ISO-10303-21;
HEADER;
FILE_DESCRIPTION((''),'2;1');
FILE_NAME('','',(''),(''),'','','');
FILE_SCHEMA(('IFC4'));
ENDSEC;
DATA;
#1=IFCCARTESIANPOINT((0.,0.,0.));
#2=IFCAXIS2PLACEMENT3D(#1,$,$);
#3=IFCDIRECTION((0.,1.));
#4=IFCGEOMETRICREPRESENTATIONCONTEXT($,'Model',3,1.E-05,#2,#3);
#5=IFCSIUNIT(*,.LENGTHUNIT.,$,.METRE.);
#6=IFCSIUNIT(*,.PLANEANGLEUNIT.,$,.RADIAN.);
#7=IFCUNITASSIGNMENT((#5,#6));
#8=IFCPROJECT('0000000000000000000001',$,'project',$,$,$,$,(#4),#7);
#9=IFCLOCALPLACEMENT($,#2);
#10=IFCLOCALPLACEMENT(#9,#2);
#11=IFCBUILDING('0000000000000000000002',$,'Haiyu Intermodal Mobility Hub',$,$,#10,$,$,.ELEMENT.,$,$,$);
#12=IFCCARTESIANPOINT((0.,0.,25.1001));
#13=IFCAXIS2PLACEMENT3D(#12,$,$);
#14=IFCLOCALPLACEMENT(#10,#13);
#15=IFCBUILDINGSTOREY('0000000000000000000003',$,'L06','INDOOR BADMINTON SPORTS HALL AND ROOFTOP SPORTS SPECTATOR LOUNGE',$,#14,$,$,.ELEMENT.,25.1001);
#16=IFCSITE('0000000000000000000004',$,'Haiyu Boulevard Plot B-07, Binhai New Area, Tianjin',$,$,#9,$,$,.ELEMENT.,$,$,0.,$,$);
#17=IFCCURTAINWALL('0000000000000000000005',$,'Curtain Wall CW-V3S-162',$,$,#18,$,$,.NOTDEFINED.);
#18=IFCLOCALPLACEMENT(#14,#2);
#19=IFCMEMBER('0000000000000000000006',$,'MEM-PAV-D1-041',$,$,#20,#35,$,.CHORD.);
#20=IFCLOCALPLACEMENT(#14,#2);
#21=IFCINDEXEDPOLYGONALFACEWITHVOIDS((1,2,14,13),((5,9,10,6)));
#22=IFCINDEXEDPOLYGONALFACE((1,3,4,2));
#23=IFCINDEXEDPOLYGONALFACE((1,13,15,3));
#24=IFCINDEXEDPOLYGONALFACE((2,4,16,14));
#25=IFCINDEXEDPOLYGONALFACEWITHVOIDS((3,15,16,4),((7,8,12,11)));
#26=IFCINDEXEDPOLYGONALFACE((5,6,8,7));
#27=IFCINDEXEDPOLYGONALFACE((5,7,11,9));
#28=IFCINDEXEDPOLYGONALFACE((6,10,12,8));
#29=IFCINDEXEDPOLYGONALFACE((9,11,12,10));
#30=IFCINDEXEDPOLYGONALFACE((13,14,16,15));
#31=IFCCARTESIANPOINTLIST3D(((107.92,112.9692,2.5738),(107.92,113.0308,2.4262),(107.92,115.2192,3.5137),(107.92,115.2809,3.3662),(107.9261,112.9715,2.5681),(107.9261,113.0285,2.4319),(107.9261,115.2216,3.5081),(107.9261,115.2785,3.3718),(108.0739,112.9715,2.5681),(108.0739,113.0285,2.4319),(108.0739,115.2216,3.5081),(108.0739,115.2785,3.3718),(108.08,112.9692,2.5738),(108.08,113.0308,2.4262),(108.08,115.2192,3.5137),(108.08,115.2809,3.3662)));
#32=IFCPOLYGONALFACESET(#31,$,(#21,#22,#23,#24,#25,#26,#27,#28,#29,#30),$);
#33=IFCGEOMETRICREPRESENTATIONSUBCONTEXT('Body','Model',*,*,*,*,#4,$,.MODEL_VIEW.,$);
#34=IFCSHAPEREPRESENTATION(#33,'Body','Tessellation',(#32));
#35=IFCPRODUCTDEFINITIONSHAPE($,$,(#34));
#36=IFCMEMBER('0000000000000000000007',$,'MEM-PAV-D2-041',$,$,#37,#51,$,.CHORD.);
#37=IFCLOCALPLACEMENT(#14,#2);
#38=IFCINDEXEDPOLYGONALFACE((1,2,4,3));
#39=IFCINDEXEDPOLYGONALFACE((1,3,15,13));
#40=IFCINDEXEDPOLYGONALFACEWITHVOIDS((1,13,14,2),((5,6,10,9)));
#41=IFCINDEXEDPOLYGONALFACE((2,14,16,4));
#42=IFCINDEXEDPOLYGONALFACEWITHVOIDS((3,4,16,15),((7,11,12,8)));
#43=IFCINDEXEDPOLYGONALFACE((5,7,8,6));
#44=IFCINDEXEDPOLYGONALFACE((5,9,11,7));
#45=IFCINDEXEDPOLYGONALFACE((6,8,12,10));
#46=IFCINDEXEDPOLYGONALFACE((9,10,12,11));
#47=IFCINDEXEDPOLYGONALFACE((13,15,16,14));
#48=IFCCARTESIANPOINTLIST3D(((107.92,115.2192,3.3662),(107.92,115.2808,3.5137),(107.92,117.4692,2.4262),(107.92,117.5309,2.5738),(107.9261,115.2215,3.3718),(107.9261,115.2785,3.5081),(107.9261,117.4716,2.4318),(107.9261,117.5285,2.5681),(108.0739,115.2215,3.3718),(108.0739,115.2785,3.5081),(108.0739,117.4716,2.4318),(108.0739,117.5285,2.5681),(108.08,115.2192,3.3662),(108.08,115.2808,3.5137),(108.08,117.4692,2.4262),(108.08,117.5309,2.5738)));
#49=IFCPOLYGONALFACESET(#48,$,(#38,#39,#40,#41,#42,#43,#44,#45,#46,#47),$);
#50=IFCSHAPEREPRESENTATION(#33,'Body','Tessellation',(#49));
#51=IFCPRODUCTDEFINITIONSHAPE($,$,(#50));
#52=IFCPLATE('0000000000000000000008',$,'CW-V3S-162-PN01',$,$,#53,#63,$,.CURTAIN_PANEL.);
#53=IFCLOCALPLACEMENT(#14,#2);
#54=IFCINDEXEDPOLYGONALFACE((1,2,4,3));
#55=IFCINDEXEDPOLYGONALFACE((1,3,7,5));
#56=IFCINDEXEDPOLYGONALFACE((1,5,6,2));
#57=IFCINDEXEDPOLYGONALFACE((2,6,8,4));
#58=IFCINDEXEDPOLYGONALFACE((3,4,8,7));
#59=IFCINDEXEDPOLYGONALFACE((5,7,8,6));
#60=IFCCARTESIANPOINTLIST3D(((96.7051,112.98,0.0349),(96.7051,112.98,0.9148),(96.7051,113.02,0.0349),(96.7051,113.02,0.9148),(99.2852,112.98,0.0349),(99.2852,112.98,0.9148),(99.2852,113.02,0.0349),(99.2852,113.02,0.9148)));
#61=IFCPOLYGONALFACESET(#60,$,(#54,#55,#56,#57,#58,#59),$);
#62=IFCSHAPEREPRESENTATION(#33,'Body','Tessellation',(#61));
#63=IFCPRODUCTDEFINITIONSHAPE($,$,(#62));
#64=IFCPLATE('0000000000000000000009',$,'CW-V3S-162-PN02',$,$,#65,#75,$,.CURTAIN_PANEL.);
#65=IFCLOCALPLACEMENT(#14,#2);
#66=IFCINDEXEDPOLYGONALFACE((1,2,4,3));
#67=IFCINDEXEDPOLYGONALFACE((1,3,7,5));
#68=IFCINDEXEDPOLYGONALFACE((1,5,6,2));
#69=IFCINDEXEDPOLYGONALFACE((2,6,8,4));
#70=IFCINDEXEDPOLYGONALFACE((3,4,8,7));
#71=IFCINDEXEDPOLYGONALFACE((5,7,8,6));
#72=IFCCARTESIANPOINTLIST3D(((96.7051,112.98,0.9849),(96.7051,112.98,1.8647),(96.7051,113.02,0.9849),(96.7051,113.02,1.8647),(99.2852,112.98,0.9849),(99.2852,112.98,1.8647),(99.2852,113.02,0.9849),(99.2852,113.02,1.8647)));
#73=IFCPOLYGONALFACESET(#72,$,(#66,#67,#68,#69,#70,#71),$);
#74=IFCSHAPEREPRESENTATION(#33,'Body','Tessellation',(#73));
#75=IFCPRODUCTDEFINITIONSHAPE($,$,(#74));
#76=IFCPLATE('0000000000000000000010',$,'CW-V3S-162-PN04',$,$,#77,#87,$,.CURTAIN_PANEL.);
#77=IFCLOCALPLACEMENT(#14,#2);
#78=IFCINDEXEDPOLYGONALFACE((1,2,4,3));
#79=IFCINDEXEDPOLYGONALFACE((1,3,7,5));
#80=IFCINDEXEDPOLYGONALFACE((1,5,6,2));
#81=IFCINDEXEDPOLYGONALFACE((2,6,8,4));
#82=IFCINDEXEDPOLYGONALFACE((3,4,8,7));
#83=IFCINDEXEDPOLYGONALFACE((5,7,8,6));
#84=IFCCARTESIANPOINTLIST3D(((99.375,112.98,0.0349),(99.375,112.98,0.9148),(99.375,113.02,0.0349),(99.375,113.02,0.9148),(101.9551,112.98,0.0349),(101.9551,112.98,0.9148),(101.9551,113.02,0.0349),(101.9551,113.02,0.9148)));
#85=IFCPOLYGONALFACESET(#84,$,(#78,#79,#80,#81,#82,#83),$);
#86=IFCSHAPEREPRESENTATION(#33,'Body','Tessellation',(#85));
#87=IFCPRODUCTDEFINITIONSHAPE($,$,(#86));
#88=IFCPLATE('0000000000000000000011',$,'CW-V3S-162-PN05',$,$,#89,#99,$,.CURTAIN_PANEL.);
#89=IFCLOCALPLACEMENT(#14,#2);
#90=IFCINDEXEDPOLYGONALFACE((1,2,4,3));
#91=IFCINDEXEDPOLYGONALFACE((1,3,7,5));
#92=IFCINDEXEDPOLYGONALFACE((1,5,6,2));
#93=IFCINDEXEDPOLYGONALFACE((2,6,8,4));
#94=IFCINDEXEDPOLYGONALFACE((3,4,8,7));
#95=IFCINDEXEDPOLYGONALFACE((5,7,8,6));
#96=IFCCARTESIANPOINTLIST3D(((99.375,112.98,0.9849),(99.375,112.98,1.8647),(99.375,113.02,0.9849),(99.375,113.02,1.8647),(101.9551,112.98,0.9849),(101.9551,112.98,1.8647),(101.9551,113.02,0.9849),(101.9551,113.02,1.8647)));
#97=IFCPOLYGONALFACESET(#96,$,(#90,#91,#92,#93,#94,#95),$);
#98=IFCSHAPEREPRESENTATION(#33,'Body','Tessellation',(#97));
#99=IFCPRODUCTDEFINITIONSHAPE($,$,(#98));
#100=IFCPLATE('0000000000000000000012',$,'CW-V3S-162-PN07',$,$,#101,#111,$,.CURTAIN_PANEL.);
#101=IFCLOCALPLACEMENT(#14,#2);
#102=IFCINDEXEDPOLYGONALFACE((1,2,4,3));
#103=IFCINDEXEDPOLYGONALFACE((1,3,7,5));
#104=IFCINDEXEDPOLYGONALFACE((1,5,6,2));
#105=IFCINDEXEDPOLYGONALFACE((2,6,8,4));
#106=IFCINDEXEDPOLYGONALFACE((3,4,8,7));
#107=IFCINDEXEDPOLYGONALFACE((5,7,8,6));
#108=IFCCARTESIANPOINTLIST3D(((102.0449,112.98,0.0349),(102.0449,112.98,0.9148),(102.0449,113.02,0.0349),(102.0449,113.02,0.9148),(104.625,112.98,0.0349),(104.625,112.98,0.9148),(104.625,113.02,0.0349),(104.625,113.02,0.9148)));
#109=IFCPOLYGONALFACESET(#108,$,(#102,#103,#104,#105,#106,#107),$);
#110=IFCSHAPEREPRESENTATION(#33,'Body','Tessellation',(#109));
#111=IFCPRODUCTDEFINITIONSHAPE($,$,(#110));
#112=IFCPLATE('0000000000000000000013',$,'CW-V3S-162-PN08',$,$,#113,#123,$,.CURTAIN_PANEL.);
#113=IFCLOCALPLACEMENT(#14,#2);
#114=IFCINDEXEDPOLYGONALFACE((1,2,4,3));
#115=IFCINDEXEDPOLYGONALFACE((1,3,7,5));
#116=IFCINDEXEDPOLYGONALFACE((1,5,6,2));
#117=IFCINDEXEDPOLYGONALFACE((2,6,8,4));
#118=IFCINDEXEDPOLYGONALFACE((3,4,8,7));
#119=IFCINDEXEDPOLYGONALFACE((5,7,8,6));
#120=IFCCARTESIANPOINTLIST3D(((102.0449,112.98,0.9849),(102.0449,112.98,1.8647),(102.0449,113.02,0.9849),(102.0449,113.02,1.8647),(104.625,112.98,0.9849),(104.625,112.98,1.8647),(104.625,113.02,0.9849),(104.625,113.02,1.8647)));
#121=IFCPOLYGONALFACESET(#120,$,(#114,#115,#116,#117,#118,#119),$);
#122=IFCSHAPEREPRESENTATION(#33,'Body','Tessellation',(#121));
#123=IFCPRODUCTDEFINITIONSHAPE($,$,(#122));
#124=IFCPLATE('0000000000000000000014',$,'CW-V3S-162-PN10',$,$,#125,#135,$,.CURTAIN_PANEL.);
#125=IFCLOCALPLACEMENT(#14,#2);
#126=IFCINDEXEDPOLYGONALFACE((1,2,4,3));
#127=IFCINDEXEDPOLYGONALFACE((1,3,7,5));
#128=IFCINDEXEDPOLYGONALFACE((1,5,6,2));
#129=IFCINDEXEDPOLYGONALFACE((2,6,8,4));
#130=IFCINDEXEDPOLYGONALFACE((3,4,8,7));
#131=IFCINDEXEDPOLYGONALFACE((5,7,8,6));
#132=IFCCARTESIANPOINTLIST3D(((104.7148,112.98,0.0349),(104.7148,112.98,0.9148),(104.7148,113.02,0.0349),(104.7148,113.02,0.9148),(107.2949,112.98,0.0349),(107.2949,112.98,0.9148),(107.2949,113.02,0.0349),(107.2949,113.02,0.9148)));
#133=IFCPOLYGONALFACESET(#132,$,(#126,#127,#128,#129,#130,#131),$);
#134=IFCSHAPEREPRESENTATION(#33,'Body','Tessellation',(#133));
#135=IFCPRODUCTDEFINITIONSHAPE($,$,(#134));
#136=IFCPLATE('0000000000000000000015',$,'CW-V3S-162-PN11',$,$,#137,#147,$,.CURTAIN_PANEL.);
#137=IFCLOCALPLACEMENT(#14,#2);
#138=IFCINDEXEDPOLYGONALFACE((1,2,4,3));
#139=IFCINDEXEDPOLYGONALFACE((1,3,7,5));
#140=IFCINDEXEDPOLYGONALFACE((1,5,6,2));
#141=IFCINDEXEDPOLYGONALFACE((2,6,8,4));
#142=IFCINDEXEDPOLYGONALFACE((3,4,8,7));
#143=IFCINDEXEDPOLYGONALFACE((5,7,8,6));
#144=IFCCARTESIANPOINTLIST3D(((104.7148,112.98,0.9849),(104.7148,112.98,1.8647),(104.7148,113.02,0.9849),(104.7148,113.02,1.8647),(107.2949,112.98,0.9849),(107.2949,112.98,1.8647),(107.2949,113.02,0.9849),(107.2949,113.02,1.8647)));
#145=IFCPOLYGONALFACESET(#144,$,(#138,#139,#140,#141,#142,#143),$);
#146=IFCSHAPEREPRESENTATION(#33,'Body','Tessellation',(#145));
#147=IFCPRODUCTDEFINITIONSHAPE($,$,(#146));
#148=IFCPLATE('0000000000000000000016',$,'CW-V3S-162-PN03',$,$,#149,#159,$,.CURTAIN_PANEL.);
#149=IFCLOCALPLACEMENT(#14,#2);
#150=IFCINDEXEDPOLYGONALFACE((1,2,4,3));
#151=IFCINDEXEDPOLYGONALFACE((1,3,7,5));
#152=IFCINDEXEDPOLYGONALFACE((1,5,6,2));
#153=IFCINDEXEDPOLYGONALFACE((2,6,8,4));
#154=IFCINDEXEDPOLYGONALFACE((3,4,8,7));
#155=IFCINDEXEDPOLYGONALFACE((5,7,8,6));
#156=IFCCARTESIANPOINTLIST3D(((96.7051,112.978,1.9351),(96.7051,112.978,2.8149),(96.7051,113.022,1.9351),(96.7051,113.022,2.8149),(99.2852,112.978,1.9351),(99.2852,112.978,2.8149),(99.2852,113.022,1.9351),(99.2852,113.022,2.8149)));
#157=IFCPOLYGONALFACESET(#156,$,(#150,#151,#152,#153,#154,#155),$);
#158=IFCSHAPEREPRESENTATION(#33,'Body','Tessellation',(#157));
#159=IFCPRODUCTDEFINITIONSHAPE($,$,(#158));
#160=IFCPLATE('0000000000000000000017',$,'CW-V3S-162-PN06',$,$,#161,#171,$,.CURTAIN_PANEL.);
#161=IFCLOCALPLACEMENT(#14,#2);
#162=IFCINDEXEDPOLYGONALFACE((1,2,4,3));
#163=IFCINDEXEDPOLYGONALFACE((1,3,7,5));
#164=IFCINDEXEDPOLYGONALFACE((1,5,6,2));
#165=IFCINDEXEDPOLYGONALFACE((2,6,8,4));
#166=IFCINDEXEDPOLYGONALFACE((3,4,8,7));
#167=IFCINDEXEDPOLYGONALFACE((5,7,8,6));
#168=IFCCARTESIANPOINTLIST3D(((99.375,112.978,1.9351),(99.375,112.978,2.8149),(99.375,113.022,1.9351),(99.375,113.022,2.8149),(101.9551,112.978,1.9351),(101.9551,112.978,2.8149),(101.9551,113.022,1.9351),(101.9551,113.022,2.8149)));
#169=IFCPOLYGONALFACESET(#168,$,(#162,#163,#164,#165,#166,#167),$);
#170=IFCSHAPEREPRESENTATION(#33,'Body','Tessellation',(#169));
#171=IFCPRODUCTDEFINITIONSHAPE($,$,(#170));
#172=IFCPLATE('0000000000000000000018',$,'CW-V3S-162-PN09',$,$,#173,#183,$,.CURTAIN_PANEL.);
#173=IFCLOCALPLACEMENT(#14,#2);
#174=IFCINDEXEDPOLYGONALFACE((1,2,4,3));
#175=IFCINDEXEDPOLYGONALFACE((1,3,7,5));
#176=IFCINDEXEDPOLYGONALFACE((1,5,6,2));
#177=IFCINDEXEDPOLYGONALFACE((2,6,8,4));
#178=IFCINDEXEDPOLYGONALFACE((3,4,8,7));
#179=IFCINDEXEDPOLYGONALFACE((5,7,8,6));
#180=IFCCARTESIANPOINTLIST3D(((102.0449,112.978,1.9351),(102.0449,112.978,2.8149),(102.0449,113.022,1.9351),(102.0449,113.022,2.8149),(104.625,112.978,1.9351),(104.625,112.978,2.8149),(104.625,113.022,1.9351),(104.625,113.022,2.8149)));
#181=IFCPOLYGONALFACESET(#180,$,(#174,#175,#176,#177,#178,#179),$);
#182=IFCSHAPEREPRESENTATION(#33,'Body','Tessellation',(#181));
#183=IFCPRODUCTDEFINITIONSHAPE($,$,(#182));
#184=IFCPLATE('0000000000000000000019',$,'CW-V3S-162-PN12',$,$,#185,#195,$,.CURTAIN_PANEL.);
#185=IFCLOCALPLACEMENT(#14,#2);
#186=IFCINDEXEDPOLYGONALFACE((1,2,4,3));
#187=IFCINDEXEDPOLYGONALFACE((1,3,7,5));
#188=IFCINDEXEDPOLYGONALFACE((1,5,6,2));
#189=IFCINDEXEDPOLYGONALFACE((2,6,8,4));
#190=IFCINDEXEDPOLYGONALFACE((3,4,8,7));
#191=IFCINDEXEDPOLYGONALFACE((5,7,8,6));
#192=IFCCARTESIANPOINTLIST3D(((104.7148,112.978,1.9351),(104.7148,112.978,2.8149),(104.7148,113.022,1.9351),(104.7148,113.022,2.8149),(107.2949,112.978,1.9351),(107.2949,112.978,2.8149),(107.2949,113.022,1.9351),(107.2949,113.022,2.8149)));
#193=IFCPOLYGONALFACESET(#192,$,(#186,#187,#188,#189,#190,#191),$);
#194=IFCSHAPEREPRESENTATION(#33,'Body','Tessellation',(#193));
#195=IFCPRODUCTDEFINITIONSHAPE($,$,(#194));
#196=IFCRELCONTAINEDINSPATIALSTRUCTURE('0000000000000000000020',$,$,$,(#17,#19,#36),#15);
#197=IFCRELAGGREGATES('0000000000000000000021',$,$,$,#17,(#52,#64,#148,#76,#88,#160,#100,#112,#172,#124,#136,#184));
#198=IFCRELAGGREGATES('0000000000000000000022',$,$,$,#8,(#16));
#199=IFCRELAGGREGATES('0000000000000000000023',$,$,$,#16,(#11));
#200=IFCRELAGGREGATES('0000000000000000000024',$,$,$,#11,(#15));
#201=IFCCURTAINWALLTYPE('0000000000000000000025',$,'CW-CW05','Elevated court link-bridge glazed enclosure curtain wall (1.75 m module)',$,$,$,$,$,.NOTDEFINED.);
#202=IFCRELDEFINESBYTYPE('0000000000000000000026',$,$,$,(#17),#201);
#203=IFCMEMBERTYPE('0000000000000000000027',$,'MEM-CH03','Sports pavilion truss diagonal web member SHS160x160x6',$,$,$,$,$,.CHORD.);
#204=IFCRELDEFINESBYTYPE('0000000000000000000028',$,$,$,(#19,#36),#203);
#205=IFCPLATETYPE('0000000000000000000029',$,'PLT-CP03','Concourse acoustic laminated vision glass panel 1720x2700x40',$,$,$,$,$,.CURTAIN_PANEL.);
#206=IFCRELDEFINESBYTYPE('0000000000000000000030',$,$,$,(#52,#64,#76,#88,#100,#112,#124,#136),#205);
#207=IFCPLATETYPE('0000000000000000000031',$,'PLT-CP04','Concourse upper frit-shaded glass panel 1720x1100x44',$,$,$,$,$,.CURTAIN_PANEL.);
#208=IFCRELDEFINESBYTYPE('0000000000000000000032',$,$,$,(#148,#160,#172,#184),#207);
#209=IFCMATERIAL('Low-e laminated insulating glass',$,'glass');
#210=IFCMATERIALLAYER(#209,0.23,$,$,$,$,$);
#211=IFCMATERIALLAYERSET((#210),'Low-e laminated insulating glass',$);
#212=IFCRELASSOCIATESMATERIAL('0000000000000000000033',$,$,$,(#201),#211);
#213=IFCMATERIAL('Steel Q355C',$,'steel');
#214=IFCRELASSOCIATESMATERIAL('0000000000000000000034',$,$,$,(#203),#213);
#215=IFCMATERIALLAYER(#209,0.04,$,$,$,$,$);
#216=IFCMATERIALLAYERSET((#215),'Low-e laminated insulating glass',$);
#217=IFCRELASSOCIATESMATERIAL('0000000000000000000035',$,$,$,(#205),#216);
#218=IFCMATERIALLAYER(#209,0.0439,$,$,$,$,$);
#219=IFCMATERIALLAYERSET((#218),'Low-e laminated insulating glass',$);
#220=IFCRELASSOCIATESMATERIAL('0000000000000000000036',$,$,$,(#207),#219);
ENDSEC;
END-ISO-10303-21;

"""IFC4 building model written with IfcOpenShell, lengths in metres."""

from ifc_helpers import new_model, si_unit, direction, frame, origin, origin_2d, place, context, subcontext, project, spatial, rectangle, hollow_rectangle, extrude, material, layer, layer_set, material_profile, profile_set, type_object, element, aggregate, save


model = new_model("IFC4")

# Units and contexts
model_context = context("Model", 3, precision=1e-05, world=origin(), true_north=direction((0.0, 1.0)))
body_context = subcontext(model_context, "Body", "Model", "MODEL_VIEW")
ifc_project = project(units=[si_unit("LENGTHUNIT", "METRE"), si_unit("PLANEANGLEUNIT", "RADIAN")], contexts=[model_context])

# Site, building, storey
site_placement = place(None, origin())
site = spatial("IfcSite", under=ifc_project, at=site_placement, Name="Haiyu Boulevard Plot B-07, Binhai New Area, Tianjin", CompositionType="ELEMENT", RefElevation=0.0)
building_placement = place(site_placement, origin())
building = spatial("IfcBuilding", under=site, at=building_placement, Name="Haiyu Intermodal Mobility Hub", CompositionType="ELEMENT")
storey_placement = place(building_placement, frame((0.0, 0.0, 25.1001)))
storey = spatial("IfcBuildingStorey", under=building, at=storey_placement, Name="L06", Description="INDOOR BADMINTON SPORTS HALL AND ROOFTOP SPORTS SPECTATOR LOUNGE", CompositionType="ELEMENT", Elevation=25.1001)

# Shared definitions
ifc_material_1 = material(Name="Steel Q355C", Category="steel")

# Curtain wall
ifc_material_2 = material(Name="Low-e laminated insulating glass", Category="glass")
ifc_layer_1 = layer(ifc_material_2, 0.23)
ifc_layer_set_1 = layer_set([ifc_layer_1], Name="Low-e laminated insulating glass")
curtain_wall_type = type_object("IfcCurtainWallType", Name="CW-CW05", Description="Elevated court link-bridge glazed enclosure curtain wall (1.75 m module)", PredefinedType="NOTDEFINED", material=ifc_layer_set_1)
curtain_wall_placement = place(storey_placement, origin())
curtain_wall = element("IfcCurtainWall", 1, at=curtain_wall_placement, inside=storey, type_object=curtain_wall_type, Name="Curtain Wall CW-V3S-162", PredefinedType="NOTDEFINED")

# Members
ifc_material_profile_1 = material_profile(ifc_material_1, hollow_rectangle(XDim=0.1599, YDim=0.1599, WallThickness=0.0061, at=origin_2d()), Name="SHS160x160x6")
ifc_profile_set_1 = profile_set([ifc_material_profile_1], Name="Steel Q355C")
member_type_1 = type_object("IfcMemberType", Name="MEM-CH03", Description="Sports pavilion truss diagonal web member SHS160x160x6", PredefinedType="CHORD", material=ifc_profile_set_1)
for number, where, z_axis, x_axis, name in (
    (2, (108.0, 113.0, 2.5), (0.0, 0.922721, 0.385468), (-1.0, 0.0, 0.0), "MEM-PAV-D1-041"),
    (3, (108.0, 115.25, 3.4399), (0.0, 0.922721, -0.385468), (-1.0, 0.0, 0.0), "MEM-PAV-D2-041"),
):
    element("IfcMember", number, at=place(storey_placement, frame(where, z_axis=z_axis, x_axis=x_axis)), inside=storey, type_object=member_type_1, Name=name, PredefinedType="CHORD", context=body_context, shape_type="SweptSolid", body=[
        extrude(hollow_rectangle(XDim=0.1599, YDim=0.1599, WallThickness=0.0061, at=origin_2d()), origin(), (0.0, 0.0, 1.0), 2.4385),
    ])

# Plates
ifc_layer_2 = layer(ifc_material_2, 0.04)
ifc_layer_set_2 = layer_set([ifc_layer_2], Name="Low-e laminated insulating glass")
plate_type_1 = type_object("IfcPlateType", Name="PLT-CP03", Description="Concourse acoustic laminated vision glass panel 1720x2700x40", PredefinedType="CURTAIN_PANEL", material=ifc_layer_set_2)
plate_1_placement = place(storey_placement, frame((97.9951, 113.0, 0.0349), z_axis=(0.0, 0.0, 1.0), x_axis=(1.0, 0.0, 0.0)))
plate_1 = element("IfcPlate", 4, at=plate_1_placement, type_object=plate_type_1, Name="CW-V3S-162-PN01", PredefinedType="CURTAIN_PANEL", context=body_context, shape_type="SweptSolid", body=[
    extrude(rectangle(XDim=2.5801, YDim=0.04, at=origin_2d()), origin(), (0.0, 0.0, 1.0), 0.8799),
])
plate_2_placement = place(storey_placement, frame((97.9951, 113.0, 0.9849), z_axis=(0.0, 0.0, 1.0), x_axis=(1.0, 0.0, 0.0)))
plate_2 = element("IfcPlate", 5, at=plate_2_placement, type_object=plate_type_1, Name="CW-V3S-162-PN02", PredefinedType="CURTAIN_PANEL", context=body_context, shape_type="SweptSolid", body=[
    extrude(rectangle(XDim=2.5801, YDim=0.04, at=origin_2d()), origin(), (0.0, 0.0, 1.0), 0.8799),
])
plate_3_placement = place(storey_placement, frame((100.665, 113.0, 0.0349), z_axis=(0.0, 0.0, 1.0), x_axis=(1.0, 0.0, 0.0)))
plate_3 = element("IfcPlate", 6, at=plate_3_placement, type_object=plate_type_1, Name="CW-V3S-162-PN04", PredefinedType="CURTAIN_PANEL", context=body_context, shape_type="SweptSolid", body=[
    extrude(rectangle(XDim=2.5801, YDim=0.04, at=origin_2d()), origin(), (0.0, 0.0, 1.0), 0.8799),
])
plate_4_placement = place(storey_placement, frame((100.665, 113.0, 0.9849), z_axis=(0.0, 0.0, 1.0), x_axis=(1.0, 0.0, 0.0)))
plate_4 = element("IfcPlate", 7, at=plate_4_placement, type_object=plate_type_1, Name="CW-V3S-162-PN05", PredefinedType="CURTAIN_PANEL", context=body_context, shape_type="SweptSolid", body=[
    extrude(rectangle(XDim=2.5801, YDim=0.04, at=origin_2d()), origin(), (0.0, 0.0, 1.0), 0.8799),
])
plate_5_placement = place(storey_placement, frame((103.335, 113.0, 0.0349), z_axis=(0.0, 0.0, 1.0), x_axis=(1.0, 0.0, 0.0)))
plate_5 = element("IfcPlate", 8, at=plate_5_placement, type_object=plate_type_1, Name="CW-V3S-162-PN07", PredefinedType="CURTAIN_PANEL", context=body_context, shape_type="SweptSolid", body=[
    extrude(rectangle(XDim=2.5801, YDim=0.04, at=origin_2d()), origin(), (0.0, 0.0, 1.0), 0.8799),
])
plate_6_placement = place(storey_placement, frame((103.335, 113.0, 0.9849), z_axis=(0.0, 0.0, 1.0), x_axis=(1.0, 0.0, 0.0)))
plate_6 = element("IfcPlate", 9, at=plate_6_placement, type_object=plate_type_1, Name="CW-V3S-162-PN08", PredefinedType="CURTAIN_PANEL", context=body_context, shape_type="SweptSolid", body=[
    extrude(rectangle(XDim=2.5801, YDim=0.04, at=origin_2d()), origin(), (0.0, 0.0, 1.0), 0.8799),
])
plate_7_placement = place(storey_placement, frame((106.0049, 113.0, 0.0349), z_axis=(0.0, 0.0, 1.0), x_axis=(1.0, 0.0, 0.0)))
plate_7 = element("IfcPlate", 10, at=plate_7_placement, type_object=plate_type_1, Name="CW-V3S-162-PN10", PredefinedType="CURTAIN_PANEL", context=body_context, shape_type="SweptSolid", body=[
    extrude(rectangle(XDim=2.5801, YDim=0.04, at=origin_2d()), origin(), (0.0, 0.0, 1.0), 0.8799),
])
plate_8_placement = place(storey_placement, frame((106.0049, 113.0, 0.9849), z_axis=(0.0, 0.0, 1.0), x_axis=(1.0, 0.0, 0.0)))
plate_8 = element("IfcPlate", 11, at=plate_8_placement, type_object=plate_type_1, Name="CW-V3S-162-PN11", PredefinedType="CURTAIN_PANEL", context=body_context, shape_type="SweptSolid", body=[
    extrude(rectangle(XDim=2.5801, YDim=0.04, at=origin_2d()), origin(), (0.0, 0.0, 1.0), 0.8799),
])
ifc_layer_3 = layer(ifc_material_2, 0.0439)
ifc_layer_set_3 = layer_set([ifc_layer_3], Name="Low-e laminated insulating glass")
plate_type_2 = type_object("IfcPlateType", Name="PLT-CP04", Description="Concourse upper frit-shaded glass panel 1720x1100x44", PredefinedType="CURTAIN_PANEL", material=ifc_layer_set_3)
plate_9_placement = place(storey_placement, frame((97.9951, 113.0, 1.9351), z_axis=(0.0, 0.0, 1.0), x_axis=(1.0, 0.0, 0.0)))
plate_9 = element("IfcPlate", 12, at=plate_9_placement, type_object=plate_type_2, Name="CW-V3S-162-PN03", PredefinedType="CURTAIN_PANEL", context=body_context, shape_type="SweptSolid", body=[
    extrude(rectangle(XDim=2.5801, YDim=0.0439, at=origin_2d()), origin(), (0.0, 0.0, 1.0), 0.8799),
])
plate_10_placement = place(storey_placement, frame((100.665, 113.0, 1.9351), z_axis=(0.0, 0.0, 1.0), x_axis=(1.0, 0.0, 0.0)))
plate_10 = element("IfcPlate", 13, at=plate_10_placement, type_object=plate_type_2, Name="CW-V3S-162-PN06", PredefinedType="CURTAIN_PANEL", context=body_context, shape_type="SweptSolid", body=[
    extrude(rectangle(XDim=2.5801, YDim=0.0439, at=origin_2d()), origin(), (0.0, 0.0, 1.0), 0.8799),
])
plate_11_placement = place(storey_placement, frame((103.335, 113.0, 1.9351), z_axis=(0.0, 0.0, 1.0), x_axis=(1.0, 0.0, 0.0)))
plate_11 = element("IfcPlate", 14, at=plate_11_placement, type_object=plate_type_2, Name="CW-V3S-162-PN09", PredefinedType="CURTAIN_PANEL", context=body_context, shape_type="SweptSolid", body=[
    extrude(rectangle(XDim=2.5801, YDim=0.0439, at=origin_2d()), origin(), (0.0, 0.0, 1.0), 0.8799),
])
plate_12_placement = place(storey_placement, frame((106.0049, 113.0, 1.9351), z_axis=(0.0, 0.0, 1.0), x_axis=(1.0, 0.0, 0.0)))
plate_12 = element("IfcPlate", 15, at=plate_12_placement, type_object=plate_type_2, Name="CW-V3S-162-PN12", PredefinedType="CURTAIN_PANEL", context=body_context, shape_type="SweptSolid", body=[
    extrude(rectangle(XDim=2.5801, YDim=0.0439, at=origin_2d()), origin(), (0.0, 0.0, 1.0), 0.8799),
])
aggregate(curtain_wall, [plate_1, plate_2, plate_9, plate_3, plate_4, plate_10, plate_5, plate_6, plate_11, plate_7, plate_8, plate_12])

save(model, "model.ifc")
